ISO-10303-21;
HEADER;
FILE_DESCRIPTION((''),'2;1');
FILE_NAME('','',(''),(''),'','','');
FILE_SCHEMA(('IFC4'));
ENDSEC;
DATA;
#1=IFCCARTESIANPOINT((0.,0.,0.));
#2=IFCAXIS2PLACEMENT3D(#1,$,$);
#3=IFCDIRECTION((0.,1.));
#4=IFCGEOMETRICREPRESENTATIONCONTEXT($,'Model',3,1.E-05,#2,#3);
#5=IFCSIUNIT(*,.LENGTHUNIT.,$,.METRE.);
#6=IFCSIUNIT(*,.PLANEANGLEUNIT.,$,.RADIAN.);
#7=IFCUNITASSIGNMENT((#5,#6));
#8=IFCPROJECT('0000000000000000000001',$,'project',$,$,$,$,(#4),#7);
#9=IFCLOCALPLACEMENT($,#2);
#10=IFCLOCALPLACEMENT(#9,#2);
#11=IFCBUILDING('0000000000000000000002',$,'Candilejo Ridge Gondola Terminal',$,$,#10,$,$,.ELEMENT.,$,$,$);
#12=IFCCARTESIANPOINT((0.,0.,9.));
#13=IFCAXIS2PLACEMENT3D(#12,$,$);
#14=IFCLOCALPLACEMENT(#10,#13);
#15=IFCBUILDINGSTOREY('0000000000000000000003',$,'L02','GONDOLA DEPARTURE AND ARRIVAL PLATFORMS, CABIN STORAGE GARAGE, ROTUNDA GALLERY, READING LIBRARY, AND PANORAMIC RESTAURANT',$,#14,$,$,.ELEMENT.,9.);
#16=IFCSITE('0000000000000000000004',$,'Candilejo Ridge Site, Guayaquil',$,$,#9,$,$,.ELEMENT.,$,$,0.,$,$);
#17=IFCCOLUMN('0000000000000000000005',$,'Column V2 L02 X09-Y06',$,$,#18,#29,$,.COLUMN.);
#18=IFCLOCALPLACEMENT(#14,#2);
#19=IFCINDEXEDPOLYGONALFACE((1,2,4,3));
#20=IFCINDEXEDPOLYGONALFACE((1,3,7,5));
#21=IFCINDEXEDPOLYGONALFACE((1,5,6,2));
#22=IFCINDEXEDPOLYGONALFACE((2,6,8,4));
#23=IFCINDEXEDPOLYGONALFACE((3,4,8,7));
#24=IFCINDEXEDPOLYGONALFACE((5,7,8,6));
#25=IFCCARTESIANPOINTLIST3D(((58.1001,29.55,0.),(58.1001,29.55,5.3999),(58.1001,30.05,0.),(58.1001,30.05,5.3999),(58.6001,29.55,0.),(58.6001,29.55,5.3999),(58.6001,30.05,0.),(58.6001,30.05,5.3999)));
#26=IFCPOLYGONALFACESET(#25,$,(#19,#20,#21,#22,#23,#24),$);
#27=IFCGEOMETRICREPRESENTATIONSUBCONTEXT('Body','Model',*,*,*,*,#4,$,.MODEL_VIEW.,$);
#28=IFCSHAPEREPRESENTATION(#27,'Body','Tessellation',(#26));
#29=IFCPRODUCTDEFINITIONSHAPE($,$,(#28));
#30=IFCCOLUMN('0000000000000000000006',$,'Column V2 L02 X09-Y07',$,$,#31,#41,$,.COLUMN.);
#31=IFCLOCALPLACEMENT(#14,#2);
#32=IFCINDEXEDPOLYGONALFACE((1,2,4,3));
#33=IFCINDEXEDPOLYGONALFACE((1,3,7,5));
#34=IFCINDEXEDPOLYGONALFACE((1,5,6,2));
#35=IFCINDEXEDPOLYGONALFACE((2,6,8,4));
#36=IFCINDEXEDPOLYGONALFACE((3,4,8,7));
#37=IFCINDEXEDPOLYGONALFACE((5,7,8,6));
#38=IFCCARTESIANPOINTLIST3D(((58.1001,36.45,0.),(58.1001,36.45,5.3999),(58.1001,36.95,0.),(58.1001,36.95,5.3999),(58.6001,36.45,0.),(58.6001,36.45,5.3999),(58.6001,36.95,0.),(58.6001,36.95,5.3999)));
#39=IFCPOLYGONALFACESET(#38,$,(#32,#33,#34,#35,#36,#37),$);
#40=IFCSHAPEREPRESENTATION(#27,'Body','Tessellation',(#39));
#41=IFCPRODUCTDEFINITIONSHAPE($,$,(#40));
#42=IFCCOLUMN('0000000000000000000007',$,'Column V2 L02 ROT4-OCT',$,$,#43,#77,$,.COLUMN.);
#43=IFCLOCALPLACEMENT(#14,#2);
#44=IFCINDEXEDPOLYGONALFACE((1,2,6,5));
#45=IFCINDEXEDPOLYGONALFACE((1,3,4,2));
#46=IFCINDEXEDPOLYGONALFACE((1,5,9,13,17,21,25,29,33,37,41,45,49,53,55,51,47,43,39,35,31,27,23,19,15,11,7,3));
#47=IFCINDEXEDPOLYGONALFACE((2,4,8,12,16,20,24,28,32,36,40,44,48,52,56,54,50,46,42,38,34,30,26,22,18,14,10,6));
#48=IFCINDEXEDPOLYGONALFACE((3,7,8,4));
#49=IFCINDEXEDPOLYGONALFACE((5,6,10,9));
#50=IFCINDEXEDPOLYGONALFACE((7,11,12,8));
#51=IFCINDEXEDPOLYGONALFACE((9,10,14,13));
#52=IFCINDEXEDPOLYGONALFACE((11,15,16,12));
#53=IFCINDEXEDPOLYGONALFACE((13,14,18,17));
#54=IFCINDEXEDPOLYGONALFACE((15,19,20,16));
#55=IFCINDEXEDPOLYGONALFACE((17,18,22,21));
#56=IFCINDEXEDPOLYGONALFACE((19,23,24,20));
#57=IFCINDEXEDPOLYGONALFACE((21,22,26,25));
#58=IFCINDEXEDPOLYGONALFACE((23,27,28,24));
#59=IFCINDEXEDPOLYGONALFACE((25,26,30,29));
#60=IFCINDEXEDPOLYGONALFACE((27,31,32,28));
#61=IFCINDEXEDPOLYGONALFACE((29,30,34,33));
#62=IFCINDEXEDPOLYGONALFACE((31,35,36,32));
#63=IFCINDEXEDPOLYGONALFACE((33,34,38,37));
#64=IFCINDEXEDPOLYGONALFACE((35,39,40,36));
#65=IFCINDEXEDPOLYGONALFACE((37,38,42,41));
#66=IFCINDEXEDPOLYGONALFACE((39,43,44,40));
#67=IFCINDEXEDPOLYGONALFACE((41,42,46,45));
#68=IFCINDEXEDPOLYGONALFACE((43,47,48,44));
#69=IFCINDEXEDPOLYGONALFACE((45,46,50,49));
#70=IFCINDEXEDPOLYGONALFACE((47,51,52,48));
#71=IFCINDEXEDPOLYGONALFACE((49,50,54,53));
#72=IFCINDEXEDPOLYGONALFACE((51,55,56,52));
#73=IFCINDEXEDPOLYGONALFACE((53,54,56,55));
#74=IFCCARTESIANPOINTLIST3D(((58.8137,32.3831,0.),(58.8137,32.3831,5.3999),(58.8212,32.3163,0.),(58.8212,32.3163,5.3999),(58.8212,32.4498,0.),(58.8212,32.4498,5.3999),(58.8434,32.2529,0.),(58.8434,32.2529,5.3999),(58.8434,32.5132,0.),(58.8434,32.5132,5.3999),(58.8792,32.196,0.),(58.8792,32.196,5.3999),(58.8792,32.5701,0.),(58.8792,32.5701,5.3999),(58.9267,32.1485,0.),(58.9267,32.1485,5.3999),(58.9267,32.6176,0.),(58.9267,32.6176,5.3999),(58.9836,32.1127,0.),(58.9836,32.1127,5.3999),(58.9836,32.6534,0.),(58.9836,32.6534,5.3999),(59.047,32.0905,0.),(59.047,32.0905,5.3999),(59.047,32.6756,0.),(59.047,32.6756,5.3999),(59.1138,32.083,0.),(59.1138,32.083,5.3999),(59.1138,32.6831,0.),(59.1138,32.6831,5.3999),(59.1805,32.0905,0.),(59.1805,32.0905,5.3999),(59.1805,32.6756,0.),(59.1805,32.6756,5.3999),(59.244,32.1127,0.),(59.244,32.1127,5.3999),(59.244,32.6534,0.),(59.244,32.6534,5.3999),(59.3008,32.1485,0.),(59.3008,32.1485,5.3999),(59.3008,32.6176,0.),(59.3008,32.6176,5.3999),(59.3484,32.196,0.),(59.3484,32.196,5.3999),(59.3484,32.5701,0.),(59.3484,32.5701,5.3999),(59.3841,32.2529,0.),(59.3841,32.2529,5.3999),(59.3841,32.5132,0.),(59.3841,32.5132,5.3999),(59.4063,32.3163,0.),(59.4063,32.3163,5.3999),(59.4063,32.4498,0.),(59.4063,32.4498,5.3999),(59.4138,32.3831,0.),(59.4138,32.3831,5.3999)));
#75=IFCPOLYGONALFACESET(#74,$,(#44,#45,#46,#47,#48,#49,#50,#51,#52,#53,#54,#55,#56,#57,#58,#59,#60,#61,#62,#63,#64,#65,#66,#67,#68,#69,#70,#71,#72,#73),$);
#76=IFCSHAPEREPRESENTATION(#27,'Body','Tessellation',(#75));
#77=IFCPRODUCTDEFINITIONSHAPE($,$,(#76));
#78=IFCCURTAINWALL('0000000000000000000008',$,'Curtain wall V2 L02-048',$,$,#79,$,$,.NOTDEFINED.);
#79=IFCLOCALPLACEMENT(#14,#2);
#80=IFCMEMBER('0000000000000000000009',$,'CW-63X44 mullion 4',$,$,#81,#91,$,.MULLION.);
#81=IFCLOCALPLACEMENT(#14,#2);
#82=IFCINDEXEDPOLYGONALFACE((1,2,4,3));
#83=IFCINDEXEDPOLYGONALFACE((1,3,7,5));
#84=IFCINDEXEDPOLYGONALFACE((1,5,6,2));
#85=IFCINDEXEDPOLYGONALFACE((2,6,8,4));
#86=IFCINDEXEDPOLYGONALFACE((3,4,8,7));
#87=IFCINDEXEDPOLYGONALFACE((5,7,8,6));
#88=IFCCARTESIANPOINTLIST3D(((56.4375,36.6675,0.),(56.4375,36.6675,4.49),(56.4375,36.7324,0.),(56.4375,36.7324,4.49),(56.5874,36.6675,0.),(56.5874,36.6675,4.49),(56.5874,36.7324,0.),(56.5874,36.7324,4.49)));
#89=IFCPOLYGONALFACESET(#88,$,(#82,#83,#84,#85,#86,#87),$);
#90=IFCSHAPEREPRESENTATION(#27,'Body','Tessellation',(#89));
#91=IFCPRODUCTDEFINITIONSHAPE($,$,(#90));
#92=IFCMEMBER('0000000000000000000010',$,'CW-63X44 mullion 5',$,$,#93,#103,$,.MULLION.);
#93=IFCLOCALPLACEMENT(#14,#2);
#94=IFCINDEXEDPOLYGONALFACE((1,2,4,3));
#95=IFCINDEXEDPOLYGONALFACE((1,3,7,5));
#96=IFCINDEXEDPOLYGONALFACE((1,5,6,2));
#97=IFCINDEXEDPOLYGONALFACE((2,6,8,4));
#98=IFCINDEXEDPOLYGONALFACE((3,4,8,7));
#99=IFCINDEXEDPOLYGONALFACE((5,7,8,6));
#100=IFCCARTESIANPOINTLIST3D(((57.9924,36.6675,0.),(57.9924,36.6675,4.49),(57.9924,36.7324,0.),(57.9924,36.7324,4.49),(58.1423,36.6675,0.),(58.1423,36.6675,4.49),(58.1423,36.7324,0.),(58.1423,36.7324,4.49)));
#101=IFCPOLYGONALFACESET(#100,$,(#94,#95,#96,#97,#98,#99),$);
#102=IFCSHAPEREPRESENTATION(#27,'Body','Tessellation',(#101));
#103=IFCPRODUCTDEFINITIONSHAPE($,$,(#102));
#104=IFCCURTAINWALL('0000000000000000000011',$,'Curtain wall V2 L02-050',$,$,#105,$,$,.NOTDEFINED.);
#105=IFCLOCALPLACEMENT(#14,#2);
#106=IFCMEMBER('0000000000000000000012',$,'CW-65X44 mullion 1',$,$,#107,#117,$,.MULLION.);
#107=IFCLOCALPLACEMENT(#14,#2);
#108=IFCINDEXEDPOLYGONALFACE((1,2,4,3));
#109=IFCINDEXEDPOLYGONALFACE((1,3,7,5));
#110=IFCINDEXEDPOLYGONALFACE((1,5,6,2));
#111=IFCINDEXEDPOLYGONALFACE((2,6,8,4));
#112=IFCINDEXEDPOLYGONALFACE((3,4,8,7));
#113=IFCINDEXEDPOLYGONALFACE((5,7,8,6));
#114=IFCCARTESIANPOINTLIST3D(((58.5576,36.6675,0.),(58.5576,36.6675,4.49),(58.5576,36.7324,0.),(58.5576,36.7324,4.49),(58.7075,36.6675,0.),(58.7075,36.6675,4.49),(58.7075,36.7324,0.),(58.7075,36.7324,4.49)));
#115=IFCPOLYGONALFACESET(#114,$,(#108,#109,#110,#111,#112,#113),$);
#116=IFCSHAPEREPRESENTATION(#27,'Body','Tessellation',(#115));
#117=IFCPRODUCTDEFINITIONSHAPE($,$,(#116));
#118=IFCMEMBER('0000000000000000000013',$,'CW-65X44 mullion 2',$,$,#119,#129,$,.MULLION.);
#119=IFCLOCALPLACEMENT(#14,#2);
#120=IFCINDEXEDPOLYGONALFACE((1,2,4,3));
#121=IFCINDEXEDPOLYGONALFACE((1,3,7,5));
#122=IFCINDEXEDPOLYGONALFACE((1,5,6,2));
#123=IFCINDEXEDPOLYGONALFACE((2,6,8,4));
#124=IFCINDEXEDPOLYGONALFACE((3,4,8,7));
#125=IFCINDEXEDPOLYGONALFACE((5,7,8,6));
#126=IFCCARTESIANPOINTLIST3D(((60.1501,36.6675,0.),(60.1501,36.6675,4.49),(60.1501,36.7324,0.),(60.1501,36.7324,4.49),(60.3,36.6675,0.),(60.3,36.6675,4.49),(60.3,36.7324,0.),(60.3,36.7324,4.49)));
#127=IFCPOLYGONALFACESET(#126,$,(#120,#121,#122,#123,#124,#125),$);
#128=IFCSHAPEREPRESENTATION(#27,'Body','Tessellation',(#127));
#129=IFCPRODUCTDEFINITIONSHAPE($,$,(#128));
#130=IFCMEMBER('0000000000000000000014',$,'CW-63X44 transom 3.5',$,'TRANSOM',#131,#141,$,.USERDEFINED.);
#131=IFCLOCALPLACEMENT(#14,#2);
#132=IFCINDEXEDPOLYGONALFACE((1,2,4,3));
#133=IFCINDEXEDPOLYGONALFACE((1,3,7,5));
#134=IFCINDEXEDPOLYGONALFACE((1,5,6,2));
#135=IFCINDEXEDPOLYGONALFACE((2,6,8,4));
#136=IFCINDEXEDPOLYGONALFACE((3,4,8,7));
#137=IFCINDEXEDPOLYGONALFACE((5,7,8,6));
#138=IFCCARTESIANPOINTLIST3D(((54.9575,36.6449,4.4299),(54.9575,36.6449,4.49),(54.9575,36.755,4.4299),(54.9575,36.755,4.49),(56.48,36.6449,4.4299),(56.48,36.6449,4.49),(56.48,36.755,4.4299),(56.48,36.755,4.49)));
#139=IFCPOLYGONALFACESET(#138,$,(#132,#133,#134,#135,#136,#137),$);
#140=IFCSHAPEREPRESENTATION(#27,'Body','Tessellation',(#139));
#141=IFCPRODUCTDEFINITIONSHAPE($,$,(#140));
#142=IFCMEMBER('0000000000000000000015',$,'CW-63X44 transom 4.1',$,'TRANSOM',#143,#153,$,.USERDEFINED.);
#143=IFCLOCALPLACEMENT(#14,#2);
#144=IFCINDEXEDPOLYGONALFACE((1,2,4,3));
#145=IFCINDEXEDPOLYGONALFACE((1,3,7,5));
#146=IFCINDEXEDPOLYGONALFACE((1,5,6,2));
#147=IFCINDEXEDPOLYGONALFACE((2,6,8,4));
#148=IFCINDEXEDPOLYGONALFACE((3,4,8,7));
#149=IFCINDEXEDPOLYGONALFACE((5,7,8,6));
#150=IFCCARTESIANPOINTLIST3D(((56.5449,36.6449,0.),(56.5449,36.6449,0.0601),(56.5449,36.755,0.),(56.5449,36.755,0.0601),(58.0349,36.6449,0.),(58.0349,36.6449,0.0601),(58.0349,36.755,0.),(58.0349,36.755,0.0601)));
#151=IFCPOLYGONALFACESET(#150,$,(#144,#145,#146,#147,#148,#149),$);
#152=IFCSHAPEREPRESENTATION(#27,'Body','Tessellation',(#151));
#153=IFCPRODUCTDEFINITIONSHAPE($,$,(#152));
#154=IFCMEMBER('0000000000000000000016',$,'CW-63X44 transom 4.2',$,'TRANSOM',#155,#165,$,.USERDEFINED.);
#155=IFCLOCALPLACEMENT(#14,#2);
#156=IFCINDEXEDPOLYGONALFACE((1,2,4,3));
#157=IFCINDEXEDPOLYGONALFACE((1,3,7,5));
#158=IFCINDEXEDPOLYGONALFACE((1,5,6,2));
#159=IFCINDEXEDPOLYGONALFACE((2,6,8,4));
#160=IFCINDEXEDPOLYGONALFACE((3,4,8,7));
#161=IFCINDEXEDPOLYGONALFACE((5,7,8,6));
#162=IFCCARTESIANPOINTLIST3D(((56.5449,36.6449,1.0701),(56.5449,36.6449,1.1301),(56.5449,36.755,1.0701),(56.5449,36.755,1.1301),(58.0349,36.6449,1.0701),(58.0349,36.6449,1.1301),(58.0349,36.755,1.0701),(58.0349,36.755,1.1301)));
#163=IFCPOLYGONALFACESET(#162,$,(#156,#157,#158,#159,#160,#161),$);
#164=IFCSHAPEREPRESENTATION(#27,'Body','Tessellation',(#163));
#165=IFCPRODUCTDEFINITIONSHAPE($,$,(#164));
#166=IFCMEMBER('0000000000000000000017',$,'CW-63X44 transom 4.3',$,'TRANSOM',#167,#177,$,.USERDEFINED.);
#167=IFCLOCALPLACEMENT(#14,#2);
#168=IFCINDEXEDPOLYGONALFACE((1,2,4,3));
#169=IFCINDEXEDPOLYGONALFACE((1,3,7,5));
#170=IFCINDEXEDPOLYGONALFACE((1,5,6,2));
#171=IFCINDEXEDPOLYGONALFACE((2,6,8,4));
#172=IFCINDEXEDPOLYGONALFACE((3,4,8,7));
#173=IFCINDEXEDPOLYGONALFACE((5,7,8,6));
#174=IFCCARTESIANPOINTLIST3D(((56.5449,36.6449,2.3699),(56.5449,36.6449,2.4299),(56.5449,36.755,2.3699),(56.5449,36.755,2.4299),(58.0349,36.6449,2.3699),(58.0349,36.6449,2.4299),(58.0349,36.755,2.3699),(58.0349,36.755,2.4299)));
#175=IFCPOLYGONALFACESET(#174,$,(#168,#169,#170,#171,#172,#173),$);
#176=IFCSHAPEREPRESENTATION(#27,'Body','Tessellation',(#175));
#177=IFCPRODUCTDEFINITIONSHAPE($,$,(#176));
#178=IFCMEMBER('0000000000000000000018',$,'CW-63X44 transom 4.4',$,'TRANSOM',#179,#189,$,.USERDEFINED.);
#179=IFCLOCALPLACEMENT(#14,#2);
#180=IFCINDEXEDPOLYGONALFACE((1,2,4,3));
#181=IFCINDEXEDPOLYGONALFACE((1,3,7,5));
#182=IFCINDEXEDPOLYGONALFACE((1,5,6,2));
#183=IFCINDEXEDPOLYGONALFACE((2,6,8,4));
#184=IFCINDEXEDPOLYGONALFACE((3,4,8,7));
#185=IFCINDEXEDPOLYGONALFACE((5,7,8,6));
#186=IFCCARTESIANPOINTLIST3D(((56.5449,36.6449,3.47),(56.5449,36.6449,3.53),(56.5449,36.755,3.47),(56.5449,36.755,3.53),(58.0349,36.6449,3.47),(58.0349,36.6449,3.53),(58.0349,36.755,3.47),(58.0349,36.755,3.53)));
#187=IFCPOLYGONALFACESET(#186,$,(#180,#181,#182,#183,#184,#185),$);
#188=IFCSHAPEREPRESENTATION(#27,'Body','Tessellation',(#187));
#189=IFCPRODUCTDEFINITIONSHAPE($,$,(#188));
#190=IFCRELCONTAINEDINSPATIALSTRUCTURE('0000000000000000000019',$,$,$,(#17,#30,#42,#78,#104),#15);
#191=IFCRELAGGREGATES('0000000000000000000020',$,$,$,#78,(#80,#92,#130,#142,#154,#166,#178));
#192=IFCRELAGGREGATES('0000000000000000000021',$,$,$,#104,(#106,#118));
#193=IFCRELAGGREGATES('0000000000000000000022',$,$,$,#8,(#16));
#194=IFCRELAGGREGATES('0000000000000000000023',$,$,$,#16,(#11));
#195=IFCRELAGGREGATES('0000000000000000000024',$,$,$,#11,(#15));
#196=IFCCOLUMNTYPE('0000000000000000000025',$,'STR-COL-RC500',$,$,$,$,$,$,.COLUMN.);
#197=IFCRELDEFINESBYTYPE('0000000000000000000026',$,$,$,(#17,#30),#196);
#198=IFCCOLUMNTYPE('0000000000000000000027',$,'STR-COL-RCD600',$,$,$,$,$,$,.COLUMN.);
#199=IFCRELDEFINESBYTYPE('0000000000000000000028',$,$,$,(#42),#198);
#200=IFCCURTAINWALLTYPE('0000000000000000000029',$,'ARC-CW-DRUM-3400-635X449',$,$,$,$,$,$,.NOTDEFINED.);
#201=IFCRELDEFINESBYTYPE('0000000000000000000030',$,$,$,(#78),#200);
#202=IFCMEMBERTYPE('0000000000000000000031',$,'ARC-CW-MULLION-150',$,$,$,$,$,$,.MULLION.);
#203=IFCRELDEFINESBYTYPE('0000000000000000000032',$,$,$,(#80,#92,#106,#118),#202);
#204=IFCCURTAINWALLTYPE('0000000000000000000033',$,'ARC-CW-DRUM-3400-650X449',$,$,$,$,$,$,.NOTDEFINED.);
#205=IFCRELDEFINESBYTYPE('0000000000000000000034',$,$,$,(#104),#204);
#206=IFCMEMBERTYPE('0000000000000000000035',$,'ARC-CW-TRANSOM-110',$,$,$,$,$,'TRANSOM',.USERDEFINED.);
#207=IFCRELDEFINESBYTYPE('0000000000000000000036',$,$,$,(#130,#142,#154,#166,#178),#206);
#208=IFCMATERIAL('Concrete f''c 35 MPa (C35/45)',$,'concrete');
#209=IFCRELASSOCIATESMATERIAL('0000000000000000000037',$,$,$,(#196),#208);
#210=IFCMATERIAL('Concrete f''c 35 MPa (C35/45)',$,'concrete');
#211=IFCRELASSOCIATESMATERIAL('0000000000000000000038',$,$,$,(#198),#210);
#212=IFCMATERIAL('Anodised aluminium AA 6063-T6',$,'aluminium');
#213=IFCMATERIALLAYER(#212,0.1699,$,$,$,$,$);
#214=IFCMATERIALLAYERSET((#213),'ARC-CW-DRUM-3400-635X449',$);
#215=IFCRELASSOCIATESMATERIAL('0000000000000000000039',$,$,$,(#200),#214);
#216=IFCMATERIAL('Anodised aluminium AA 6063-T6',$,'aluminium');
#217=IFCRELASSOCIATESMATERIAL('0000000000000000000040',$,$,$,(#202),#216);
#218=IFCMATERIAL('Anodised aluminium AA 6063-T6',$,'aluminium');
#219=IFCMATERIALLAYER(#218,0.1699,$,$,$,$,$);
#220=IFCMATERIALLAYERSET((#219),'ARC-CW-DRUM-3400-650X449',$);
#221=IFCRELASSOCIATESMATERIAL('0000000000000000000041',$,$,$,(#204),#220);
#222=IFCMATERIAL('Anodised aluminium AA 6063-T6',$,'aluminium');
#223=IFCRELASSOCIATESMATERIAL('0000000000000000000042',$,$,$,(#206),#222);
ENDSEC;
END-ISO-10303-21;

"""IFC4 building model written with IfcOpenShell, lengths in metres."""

from ifc_helpers import new_model, si_unit, direction, frame, origin, origin_2d, place, context, subcontext, project, spatial, rectangle, circle, extrude, material, layer, layer_set, material_profile, profile_set, type_object, element, aggregate, save


model = new_model("IFC4")

# Units and contexts
model_context = context("Model", 3, precision=1e-05, world=origin(), true_north=direction((0.0, 1.0)))
body_context = subcontext(model_context, "Body", "Model", "MODEL_VIEW")
ifc_project = project(units=[si_unit("LENGTHUNIT", "METRE"), si_unit("PLANEANGLEUNIT", "RADIAN")], contexts=[model_context])

# Site, building, storey
site_placement = place(None, origin())
site = spatial("IfcSite", under=ifc_project, at=site_placement, Name="Candilejo Ridge Site, Guayaquil", CompositionType="ELEMENT", RefElevation=0.0)
building_placement = place(site_placement, origin())
building = spatial("IfcBuilding", under=site, at=building_placement, Name="Candilejo Ridge Gondola Terminal", CompositionType="ELEMENT")
storey_placement = place(building_placement, frame((0.0, 0.0, 9.0)))
storey = spatial("IfcBuildingStorey", under=building, at=storey_placement, Name="L02", Description="GONDOLA DEPARTURE AND ARRIVAL PLATFORMS, CABIN STORAGE GARAGE, ROTUNDA GALLERY, READING LIBRARY, AND PANORAMIC RESTAURANT", CompositionType="ELEMENT", Elevation=9.0)

# Columns
ifc_material_1 = material(Name="Concrete f'c 35 MPa (C35/45)", Category="concrete")
ifc_material_profile_1 = material_profile(ifc_material_1, rectangle(XDim=0.5, YDim=0.5, at=origin_2d()))
ifc_profile_set_1 = profile_set([ifc_material_profile_1], Name="Concrete f'c 35 MPa (C35/45)")
column_type_1 = type_object("IfcColumnType", Name="STR-COL-RC500", PredefinedType="COLUMN", material=ifc_profile_set_1)
for number, where, z_axis, x_axis, name in (
    (1, (58.3501, 29.8, 0.0), (0.0, 0.0, 1.0), (1.0, 0.0, 0.0), "Column V2 L02 X09-Y06"),
    (2, (58.3501, 36.7, 0.0), (0.0, 0.0, 1.0), (1.0, 0.0, 0.0), "Column V2 L02 X09-Y07"),
):
    element("IfcColumn", number, at=place(storey_placement, frame(where, z_axis=z_axis, x_axis=x_axis)), inside=storey, type_object=column_type_1, Name=name, PredefinedType="COLUMN", context=body_context, shape_type="SweptSolid", body=[
        extrude(rectangle(XDim=0.5, YDim=0.5, at=origin_2d()), origin(), (0.0, 0.0, 1.0), 5.3999),
    ])
ifc_material_2 = material(Name="Concrete f'c 35 MPa (C35/45)", Category="concrete")
ifc_material_profile_2 = material_profile(ifc_material_2, circle(Radius=0.3, at=origin_2d()))
ifc_profile_set_2 = profile_set([ifc_material_profile_2], Name="Concrete f'c 35 MPa (C35/45)")
column_type_2 = type_object("IfcColumnType", Name="STR-COL-RCD600", PredefinedType="COLUMN", material=ifc_profile_set_2)
column_placement = place(storey_placement, frame((59.1138, 32.3831, 0.0), z_axis=(0.0, 0.0, 1.0), x_axis=(1.0, 0.0, 0.0)))
element("IfcColumn", 3, at=column_placement, inside=storey, type_object=column_type_2, Name="Column V2 L02 ROT4-OCT", PredefinedType="COLUMN", context=body_context, shape_type="SweptSolid", body=[
    extrude(circle(Radius=0.3, at=origin_2d()), origin(), (0.0, 0.0, 1.0), 5.3999),
])

# Curtain walls, members
ifc_material_3 = material(Name="Anodised aluminium AA 6063-T6", Category="aluminium")
ifc_layer_1 = layer(ifc_material_3, 0.1699)
ifc_layer_set_1 = layer_set([ifc_layer_1], Name="ARC-CW-DRUM-3400-635X449")
curtain_wall_type_1 = type_object("IfcCurtainWallType", Name="ARC-CW-DRUM-3400-635X449", PredefinedType="NOTDEFINED", material=ifc_layer_set_1)
curtain_wall_1_placement = place(storey_placement, origin())
curtain_wall_1 = element("IfcCurtainWall", 4, at=curtain_wall_1_placement, inside=storey, type_object=curtain_wall_type_1, Name="Curtain wall V2 L02-048", PredefinedType="NOTDEFINED")
ifc_material_4 = material(Name="Anodised aluminium AA 6063-T6", Category="aluminium")
ifc_material_profile_3 = material_profile(ifc_material_4, rectangle(XDim=0.0649, YDim=0.1499, at=origin_2d()))
ifc_profile_set_3 = profile_set([ifc_material_profile_3], Name="Anodised aluminium AA 6063-T6")
member_type_1 = type_object("IfcMemberType", Name="ARC-CW-MULLION-150", PredefinedType="MULLION", material=ifc_profile_set_3)
member_1_placement = place(storey_placement, frame((56.5125, 36.7, 0.0), z_axis=(0.0, 0.0, 1.0), x_axis=(0.0, 1.0, 0.0)))
member_1 = element("IfcMember", 5, at=member_1_placement, type_object=member_type_1, Name="CW-63X44 mullion 4", PredefinedType="MULLION", context=body_context, shape_type="SweptSolid", body=[
    extrude(rectangle(XDim=0.0649, YDim=0.1499, at=origin_2d()), origin(), (0.0, 0.0, 1.0), 4.49),
])
member_2_placement = place(storey_placement, frame((58.0674, 36.7, 0.0), z_axis=(0.0, 0.0, 1.0), x_axis=(0.0, 1.0, 0.0)))
member_2 = element("IfcMember", 6, at=member_2_placement, type_object=member_type_1, Name="CW-63X44 mullion 5", PredefinedType="MULLION", context=body_context, shape_type="SweptSolid", body=[
    extrude(rectangle(XDim=0.0649, YDim=0.1499, at=origin_2d()), origin(), (0.0, 0.0, 1.0), 4.49),
])
ifc_material_5 = material(Name="Anodised aluminium AA 6063-T6", Category="aluminium")
ifc_layer_2 = layer(ifc_material_5, 0.1699)
ifc_layer_set_2 = layer_set([ifc_layer_2], Name="ARC-CW-DRUM-3400-650X449")
curtain_wall_type_2 = type_object("IfcCurtainWallType", Name="ARC-CW-DRUM-3400-650X449", PredefinedType="NOTDEFINED", material=ifc_layer_set_2)
curtain_wall_2_placement = place(storey_placement, origin())
curtain_wall_2 = element("IfcCurtainWall", 7, at=curtain_wall_2_placement, inside=storey, type_object=curtain_wall_type_2, Name="Curtain wall V2 L02-050", PredefinedType="NOTDEFINED")
member_3_placement = place(storey_placement, frame((58.6326, 36.7, 0.0), z_axis=(0.0, 0.0, 1.0), x_axis=(0.0, 1.0, 0.0)))
member_3 = element("IfcMember", 8, at=member_3_placement, type_object=member_type_1, Name="CW-65X44 mullion 1", PredefinedType="MULLION", context=body_context, shape_type="SweptSolid", body=[
    extrude(rectangle(XDim=0.0649, YDim=0.1499, at=origin_2d()), origin(), (0.0, 0.0, 1.0), 4.49),
])
member_4_placement = place(storey_placement, frame((60.2251, 36.7, 0.0), z_axis=(0.0, 0.0, 1.0), x_axis=(0.0, 1.0, 0.0)))
member_4 = element("IfcMember", 9, at=member_4_placement, type_object=member_type_1, Name="CW-65X44 mullion 2", PredefinedType="MULLION", context=body_context, shape_type="SweptSolid", body=[
    extrude(rectangle(XDim=0.0649, YDim=0.1499, at=origin_2d()), origin(), (0.0, 0.0, 1.0), 4.49),
])

# Members
ifc_material_6 = material(Name="Anodised aluminium AA 6063-T6", Category="aluminium")
ifc_material_profile_4 = material_profile(ifc_material_6, rectangle(XDim=0.1101, YDim=0.0601, at=origin_2d()))
ifc_profile_set_4 = profile_set([ifc_material_profile_4], Name="Anodised aluminium AA 6063-T6")
member_type_2 = type_object("IfcMemberType", Name="ARC-CW-TRANSOM-110", ElementType="TRANSOM", PredefinedType="USERDEFINED", material=ifc_profile_set_4)
member_5_placement = place(storey_placement, frame((54.9575, 36.7, 4.46), z_axis=(1.0, 0.0, 0.0), x_axis=(0.0, 1.0, 0.0)))
member_5 = element("IfcMember", 10, at=member_5_placement, type_object=member_type_2, Name="CW-63X44 transom 3.5", ObjectType="TRANSOM", PredefinedType="USERDEFINED", context=body_context, shape_type="SweptSolid", body=[
    extrude(rectangle(XDim=0.1101, YDim=0.0601, at=origin_2d()), origin(), (0.0, 0.0, 1.0), 1.5225),
])
member_6_placement = place(storey_placement, frame((56.5449, 36.7, 0.03), z_axis=(1.0, 0.0, 0.0), x_axis=(0.0, 1.0, 0.0)))
member_6 = element("IfcMember", 11, at=member_6_placement, type_object=member_type_2, Name="CW-63X44 transom 4.1", ObjectType="TRANSOM", PredefinedType="USERDEFINED", context=body_context, shape_type="SweptSolid", body=[
    extrude(rectangle(XDim=0.1101, YDim=0.0601, at=origin_2d()), origin(), (0.0, 0.0, 1.0), 1.49),
])
member_7_placement = place(storey_placement, frame((56.5449, 36.7, 1.1001), z_axis=(1.0, 0.0, 0.0), x_axis=(0.0, 1.0, 0.0)))
member_7 = element("IfcMember", 12, at=member_7_placement, type_object=member_type_2, Name="CW-63X44 transom 4.2", ObjectType="TRANSOM", PredefinedType="USERDEFINED", context=body_context, shape_type="SweptSolid", body=[
    extrude(rectangle(XDim=0.1101, YDim=0.0601, at=origin_2d()), origin(), (0.0, 0.0, 1.0), 1.49),
])
member_8_placement = place(storey_placement, frame((56.5449, 36.7, 2.3999), z_axis=(1.0, 0.0, 0.0), x_axis=(0.0, 1.0, 0.0)))
member_8 = element("IfcMember", 13, at=member_8_placement, type_object=member_type_2, Name="CW-63X44 transom 4.3", ObjectType="TRANSOM", PredefinedType="USERDEFINED", context=body_context, shape_type="SweptSolid", body=[
    extrude(rectangle(XDim=0.1101, YDim=0.0601, at=origin_2d()), origin(), (0.0, 0.0, 1.0), 1.49),
])
member_9_placement = place(storey_placement, frame((56.5449, 36.7, 3.5), z_axis=(1.0, 0.0, 0.0), x_axis=(0.0, 1.0, 0.0)))
member_9 = element("IfcMember", 14, at=member_9_placement, type_object=member_type_2, Name="CW-63X44 transom 4.4", ObjectType="TRANSOM", PredefinedType="USERDEFINED", context=body_context, shape_type="SweptSolid", body=[
    extrude(rectangle(XDim=0.1101, YDim=0.0601, at=origin_2d()), origin(), (0.0, 0.0, 1.0), 1.49),
])

aggregate(curtain_wall_1, [member_1, member_2, member_5, member_6, member_7, member_8, member_9])
aggregate(curtain_wall_2, [member_3, member_4])

save(model, "model.ifc")
